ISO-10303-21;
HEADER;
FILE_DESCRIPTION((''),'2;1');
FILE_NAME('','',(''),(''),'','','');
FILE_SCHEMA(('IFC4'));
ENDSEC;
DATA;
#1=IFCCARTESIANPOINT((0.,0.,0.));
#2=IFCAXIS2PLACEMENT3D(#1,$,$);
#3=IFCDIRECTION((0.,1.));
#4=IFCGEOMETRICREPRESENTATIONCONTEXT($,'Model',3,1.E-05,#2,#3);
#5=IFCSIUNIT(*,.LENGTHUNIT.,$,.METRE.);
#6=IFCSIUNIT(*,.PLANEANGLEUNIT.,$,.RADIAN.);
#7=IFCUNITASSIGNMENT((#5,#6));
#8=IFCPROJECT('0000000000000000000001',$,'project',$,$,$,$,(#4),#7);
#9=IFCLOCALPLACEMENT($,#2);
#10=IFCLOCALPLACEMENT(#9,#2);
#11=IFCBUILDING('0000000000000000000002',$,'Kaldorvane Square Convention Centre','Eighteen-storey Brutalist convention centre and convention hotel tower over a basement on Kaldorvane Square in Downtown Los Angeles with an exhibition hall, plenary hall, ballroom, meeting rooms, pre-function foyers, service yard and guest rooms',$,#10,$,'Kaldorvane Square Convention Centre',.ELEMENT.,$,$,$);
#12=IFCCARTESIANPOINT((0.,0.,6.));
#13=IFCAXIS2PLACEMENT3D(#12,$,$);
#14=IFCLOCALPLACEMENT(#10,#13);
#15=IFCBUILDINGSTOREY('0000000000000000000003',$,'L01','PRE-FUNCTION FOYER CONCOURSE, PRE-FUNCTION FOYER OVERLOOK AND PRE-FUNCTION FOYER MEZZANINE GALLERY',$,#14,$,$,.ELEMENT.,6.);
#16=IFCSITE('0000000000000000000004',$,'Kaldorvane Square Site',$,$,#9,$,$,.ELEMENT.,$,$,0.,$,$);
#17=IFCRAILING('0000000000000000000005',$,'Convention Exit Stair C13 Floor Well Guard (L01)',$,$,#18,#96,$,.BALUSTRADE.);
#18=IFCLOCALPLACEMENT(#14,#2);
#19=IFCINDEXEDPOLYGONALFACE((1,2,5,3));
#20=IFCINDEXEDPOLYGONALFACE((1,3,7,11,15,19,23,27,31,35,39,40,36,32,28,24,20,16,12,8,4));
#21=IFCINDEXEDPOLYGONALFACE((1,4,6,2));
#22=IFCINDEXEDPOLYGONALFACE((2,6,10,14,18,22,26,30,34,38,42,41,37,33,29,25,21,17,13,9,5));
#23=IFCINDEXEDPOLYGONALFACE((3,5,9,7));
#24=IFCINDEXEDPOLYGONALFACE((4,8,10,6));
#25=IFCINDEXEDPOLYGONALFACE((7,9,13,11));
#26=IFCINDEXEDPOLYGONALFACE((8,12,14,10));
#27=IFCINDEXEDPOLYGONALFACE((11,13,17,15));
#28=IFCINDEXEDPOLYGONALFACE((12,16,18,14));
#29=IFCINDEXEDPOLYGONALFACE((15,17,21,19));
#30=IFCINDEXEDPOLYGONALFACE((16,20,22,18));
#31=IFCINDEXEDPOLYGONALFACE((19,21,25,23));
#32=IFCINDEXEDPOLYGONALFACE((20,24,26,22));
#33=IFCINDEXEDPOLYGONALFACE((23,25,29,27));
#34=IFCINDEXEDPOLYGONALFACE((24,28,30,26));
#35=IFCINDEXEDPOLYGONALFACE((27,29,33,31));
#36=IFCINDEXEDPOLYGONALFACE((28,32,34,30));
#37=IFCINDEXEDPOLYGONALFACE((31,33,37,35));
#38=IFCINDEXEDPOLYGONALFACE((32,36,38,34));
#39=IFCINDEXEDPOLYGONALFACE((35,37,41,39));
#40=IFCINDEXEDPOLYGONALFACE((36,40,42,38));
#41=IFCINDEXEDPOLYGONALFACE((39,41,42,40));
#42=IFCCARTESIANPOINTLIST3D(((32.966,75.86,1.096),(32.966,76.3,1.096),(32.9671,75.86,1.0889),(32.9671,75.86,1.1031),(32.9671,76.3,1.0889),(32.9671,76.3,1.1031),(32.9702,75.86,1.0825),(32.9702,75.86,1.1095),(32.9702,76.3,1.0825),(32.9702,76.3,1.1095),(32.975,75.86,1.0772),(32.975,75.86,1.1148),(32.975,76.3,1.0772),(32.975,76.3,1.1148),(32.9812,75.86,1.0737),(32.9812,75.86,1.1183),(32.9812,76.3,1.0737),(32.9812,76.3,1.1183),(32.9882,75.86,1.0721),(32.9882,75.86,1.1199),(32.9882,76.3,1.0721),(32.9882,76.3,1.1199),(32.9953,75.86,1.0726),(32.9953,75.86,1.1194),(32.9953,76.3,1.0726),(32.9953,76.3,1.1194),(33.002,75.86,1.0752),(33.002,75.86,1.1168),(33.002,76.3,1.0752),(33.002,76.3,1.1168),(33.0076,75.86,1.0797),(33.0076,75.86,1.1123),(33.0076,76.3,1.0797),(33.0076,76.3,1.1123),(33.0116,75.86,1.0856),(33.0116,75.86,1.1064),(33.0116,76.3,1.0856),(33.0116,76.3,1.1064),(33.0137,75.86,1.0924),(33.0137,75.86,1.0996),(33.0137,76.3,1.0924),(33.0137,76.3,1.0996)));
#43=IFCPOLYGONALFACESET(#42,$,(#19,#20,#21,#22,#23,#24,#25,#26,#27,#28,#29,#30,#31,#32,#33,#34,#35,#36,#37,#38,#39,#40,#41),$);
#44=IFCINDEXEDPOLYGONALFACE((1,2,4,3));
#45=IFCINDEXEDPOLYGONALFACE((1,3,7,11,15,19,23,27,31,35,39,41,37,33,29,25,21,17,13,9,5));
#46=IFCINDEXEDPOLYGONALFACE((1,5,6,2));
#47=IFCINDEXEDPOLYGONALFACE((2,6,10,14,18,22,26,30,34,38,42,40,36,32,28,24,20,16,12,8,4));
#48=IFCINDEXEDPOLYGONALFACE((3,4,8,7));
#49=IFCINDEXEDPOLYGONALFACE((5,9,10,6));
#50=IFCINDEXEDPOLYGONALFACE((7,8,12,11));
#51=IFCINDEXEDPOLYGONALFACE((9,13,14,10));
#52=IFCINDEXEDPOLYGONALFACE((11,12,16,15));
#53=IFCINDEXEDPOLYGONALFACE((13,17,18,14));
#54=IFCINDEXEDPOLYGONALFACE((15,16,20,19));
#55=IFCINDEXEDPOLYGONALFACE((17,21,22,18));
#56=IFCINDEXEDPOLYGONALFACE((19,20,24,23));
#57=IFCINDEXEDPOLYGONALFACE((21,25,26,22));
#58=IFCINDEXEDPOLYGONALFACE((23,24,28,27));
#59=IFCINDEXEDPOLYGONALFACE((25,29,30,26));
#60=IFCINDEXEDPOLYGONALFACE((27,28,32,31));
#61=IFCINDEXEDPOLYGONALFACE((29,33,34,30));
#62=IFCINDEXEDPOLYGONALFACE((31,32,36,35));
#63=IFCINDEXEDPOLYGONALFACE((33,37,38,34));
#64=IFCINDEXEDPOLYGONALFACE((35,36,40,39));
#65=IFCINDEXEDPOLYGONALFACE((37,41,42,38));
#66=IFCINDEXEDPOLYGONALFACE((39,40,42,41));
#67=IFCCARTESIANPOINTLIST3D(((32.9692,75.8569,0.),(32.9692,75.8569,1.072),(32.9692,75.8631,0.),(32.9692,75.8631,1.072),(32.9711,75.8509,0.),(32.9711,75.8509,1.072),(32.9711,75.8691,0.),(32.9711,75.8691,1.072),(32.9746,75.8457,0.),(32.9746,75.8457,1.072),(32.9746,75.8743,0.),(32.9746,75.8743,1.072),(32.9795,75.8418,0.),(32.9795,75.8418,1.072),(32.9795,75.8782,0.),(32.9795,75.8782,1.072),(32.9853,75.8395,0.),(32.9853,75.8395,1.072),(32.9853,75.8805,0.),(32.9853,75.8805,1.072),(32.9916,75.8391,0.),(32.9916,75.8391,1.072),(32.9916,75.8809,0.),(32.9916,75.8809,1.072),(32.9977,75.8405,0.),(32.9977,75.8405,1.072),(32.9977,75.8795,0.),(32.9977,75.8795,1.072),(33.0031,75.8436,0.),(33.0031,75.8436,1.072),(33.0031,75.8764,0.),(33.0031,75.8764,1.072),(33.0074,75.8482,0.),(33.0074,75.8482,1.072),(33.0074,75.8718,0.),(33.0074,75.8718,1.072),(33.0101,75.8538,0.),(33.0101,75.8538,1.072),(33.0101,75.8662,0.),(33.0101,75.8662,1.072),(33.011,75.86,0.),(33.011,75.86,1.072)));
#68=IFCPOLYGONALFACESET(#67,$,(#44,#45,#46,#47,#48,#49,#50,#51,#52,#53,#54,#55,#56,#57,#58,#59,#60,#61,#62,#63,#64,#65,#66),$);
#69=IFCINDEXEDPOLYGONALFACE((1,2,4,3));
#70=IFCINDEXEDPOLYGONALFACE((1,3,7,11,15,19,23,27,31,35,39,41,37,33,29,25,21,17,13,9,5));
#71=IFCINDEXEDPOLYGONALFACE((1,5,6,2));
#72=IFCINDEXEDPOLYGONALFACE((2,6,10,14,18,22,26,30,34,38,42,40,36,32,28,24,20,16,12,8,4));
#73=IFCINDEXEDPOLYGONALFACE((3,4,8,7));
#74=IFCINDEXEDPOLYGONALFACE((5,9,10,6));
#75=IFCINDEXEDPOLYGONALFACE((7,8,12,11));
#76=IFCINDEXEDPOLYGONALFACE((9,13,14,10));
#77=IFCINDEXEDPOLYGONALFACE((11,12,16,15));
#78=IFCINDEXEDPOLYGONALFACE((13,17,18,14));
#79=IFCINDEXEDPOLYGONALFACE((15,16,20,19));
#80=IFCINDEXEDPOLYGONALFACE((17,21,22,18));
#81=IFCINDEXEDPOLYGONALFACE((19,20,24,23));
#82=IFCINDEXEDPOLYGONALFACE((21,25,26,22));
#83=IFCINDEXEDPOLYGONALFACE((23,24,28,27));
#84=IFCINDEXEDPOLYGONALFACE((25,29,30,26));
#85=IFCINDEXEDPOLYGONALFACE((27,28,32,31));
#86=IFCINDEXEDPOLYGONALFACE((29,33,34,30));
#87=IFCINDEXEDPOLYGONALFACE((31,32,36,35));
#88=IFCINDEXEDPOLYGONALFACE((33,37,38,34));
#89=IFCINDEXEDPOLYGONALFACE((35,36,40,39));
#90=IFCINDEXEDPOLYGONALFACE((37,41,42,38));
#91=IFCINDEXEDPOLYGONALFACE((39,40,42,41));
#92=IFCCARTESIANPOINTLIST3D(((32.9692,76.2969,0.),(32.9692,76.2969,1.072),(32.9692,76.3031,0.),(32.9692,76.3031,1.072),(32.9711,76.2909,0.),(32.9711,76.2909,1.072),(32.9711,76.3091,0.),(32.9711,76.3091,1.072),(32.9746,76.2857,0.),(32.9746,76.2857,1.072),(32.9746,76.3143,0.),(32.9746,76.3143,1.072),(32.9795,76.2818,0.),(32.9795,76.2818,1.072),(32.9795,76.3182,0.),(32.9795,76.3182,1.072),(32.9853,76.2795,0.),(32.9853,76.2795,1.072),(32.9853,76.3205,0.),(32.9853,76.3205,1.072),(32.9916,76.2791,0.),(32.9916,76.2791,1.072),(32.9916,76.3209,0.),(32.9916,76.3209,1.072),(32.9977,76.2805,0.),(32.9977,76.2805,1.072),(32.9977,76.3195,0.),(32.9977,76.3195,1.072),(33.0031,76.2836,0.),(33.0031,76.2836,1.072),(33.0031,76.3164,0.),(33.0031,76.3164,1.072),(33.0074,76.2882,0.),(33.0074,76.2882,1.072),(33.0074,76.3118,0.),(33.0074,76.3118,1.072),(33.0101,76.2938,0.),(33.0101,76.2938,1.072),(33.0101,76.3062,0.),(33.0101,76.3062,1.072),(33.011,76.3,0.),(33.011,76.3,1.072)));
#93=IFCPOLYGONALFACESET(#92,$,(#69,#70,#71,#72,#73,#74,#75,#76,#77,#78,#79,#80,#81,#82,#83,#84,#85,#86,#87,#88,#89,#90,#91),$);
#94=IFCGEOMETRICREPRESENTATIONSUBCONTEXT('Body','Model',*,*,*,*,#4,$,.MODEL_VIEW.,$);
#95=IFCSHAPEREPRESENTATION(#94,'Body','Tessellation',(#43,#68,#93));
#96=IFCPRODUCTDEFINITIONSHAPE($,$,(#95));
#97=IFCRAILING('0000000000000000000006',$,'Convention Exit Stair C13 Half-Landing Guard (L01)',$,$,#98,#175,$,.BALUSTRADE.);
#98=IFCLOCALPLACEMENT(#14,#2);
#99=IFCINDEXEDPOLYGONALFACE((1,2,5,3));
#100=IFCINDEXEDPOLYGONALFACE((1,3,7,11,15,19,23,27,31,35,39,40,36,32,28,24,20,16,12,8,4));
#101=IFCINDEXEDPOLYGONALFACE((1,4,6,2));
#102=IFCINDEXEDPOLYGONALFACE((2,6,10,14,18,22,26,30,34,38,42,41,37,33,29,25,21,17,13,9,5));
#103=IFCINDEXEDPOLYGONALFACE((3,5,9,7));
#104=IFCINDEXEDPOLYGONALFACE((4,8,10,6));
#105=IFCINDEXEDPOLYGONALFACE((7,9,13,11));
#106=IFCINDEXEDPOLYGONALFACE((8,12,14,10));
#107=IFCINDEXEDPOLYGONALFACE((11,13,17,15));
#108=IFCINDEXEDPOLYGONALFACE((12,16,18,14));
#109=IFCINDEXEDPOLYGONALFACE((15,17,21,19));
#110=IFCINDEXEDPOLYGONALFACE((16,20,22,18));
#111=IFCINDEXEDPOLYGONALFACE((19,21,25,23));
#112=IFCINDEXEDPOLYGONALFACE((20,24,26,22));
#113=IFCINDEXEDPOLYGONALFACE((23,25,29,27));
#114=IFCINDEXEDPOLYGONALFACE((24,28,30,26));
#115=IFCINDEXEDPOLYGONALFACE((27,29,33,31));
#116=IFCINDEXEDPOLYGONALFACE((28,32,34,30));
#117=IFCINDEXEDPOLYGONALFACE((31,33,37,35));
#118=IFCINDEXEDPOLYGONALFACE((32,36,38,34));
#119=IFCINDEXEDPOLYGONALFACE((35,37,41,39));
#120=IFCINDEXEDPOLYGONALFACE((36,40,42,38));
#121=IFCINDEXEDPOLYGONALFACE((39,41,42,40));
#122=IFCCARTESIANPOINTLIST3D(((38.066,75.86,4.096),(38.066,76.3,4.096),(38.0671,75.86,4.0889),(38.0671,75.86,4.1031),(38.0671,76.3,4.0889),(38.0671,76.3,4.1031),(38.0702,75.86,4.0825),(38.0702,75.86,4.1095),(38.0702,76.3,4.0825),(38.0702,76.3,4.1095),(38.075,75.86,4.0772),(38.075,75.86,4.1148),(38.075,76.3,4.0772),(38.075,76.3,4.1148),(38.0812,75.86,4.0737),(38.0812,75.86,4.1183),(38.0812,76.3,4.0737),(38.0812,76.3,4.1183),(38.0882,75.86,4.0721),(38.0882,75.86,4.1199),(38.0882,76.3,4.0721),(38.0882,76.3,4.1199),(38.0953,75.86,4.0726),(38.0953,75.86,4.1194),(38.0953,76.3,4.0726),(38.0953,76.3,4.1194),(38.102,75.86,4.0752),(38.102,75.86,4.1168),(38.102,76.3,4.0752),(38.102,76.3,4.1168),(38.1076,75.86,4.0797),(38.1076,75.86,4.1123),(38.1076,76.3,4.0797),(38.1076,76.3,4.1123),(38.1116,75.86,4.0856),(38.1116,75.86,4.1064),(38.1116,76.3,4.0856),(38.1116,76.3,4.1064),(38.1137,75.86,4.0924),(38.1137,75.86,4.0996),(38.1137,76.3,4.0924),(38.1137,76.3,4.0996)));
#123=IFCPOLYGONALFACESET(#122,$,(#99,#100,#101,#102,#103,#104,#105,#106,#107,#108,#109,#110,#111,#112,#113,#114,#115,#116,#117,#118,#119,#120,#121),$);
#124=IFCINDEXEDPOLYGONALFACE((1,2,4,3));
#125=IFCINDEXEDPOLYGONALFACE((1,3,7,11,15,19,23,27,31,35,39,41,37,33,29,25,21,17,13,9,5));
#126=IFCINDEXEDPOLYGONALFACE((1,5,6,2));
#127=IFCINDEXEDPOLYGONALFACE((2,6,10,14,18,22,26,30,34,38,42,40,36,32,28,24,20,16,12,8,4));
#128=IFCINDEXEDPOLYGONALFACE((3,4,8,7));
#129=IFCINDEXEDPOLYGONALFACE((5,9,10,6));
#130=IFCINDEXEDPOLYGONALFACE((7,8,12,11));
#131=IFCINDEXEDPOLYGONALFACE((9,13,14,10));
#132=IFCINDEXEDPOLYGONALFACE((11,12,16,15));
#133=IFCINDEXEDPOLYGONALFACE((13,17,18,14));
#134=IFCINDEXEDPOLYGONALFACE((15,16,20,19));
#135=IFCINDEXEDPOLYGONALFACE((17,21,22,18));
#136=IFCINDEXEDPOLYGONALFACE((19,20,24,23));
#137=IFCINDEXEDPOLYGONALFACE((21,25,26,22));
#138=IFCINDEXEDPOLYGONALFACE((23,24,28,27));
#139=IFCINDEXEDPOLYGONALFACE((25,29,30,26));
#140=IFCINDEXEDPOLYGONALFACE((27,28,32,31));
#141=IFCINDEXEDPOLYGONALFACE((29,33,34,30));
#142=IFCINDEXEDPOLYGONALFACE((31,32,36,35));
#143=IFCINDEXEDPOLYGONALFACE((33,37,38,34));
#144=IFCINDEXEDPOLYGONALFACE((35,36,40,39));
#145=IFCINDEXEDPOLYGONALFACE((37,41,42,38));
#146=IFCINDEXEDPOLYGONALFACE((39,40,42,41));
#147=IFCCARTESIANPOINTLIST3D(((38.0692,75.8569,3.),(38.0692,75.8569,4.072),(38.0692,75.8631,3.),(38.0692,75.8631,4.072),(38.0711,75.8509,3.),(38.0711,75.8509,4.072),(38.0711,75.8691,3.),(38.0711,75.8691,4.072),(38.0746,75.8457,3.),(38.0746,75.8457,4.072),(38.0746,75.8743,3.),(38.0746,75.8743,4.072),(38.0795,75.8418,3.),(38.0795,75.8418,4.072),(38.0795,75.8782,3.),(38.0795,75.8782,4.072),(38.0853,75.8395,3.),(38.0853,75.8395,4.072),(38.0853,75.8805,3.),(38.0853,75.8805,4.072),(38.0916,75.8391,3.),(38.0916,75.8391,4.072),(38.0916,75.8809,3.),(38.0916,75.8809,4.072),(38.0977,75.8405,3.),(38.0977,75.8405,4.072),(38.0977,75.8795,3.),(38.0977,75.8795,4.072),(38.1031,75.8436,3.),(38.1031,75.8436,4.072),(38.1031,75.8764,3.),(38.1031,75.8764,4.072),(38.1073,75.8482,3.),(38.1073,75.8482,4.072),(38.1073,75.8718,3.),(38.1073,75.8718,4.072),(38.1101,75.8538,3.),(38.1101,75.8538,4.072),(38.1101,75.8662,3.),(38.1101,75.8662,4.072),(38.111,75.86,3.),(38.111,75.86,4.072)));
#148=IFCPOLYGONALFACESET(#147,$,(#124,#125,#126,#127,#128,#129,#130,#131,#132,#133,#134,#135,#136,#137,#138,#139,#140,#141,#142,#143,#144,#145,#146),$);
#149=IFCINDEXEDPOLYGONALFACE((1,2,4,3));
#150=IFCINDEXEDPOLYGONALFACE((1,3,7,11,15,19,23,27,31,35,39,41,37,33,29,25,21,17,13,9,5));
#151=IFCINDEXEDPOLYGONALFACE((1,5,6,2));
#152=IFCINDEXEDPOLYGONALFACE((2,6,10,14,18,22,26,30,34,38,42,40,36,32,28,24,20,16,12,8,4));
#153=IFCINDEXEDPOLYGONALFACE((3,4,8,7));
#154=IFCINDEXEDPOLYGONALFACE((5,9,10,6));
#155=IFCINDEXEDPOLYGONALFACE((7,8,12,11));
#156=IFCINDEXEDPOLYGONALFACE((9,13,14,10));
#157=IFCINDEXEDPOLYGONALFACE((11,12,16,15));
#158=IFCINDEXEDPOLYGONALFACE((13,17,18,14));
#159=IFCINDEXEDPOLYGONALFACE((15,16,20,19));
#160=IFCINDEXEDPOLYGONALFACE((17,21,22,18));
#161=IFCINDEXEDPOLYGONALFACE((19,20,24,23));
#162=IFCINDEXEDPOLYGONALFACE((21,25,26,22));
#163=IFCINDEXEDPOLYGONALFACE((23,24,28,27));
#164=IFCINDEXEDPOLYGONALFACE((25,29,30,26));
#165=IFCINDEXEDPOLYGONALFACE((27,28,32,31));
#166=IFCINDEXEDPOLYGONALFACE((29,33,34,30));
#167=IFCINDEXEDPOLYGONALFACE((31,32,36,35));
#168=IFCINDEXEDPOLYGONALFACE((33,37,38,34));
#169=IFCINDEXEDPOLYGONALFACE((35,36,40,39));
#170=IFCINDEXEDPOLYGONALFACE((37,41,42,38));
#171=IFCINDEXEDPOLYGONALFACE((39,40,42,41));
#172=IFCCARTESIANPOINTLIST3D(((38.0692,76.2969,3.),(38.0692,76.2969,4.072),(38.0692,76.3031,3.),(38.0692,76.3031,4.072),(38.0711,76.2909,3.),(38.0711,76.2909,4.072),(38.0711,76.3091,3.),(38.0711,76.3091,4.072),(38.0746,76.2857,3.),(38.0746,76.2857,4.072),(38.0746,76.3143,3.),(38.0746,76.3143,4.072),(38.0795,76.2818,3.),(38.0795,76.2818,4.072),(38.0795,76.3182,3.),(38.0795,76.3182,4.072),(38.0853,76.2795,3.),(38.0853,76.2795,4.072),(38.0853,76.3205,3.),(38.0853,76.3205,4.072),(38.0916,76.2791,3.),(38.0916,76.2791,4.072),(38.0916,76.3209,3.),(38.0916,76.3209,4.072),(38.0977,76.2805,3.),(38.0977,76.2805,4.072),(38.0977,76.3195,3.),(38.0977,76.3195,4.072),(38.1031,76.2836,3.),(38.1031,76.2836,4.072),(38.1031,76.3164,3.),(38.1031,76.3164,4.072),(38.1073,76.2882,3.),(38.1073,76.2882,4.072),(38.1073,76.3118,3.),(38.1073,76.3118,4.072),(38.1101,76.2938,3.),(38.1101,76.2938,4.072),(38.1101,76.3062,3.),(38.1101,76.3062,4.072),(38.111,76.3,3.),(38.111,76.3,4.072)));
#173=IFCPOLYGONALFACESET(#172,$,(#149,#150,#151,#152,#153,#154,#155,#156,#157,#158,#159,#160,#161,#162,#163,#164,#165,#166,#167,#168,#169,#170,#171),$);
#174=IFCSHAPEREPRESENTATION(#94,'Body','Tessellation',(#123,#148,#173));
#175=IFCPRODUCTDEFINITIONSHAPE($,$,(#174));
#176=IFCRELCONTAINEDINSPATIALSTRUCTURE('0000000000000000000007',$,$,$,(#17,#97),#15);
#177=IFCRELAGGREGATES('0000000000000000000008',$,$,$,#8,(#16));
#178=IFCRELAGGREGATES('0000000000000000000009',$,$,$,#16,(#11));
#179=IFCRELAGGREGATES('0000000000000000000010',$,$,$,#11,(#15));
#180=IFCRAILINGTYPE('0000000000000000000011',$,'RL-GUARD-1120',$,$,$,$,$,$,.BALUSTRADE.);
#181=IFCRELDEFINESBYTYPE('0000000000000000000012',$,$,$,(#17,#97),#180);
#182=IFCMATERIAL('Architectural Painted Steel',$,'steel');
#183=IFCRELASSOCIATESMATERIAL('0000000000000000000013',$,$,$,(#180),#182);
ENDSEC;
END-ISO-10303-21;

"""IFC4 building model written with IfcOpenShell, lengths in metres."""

from ifc_helpers import new_model, si_unit, direction, frame, origin, origin_2d, place, context, subcontext, project, spatial, circle, extrude, material, type_object, element, save


model = new_model("IFC4")

# Units and contexts
model_context = context("Model", 3, precision=1e-05, world=origin(), true_north=direction((0.0, 1.0)))
body_context = subcontext(model_context, "Body", "Model", "MODEL_VIEW")
ifc_project = project(units=[si_unit("LENGTHUNIT", "METRE"), si_unit("PLANEANGLEUNIT", "RADIAN")], contexts=[model_context])

# Site, building, storey
site_placement = place(None, origin())
site = spatial("IfcSite", under=ifc_project, at=site_placement, Name="Kaldorvane Square Site", CompositionType="ELEMENT", RefElevation=0.0)
building_placement = place(site_placement, origin())
building = spatial("IfcBuilding", under=site, at=building_placement, Name="Kaldorvane Square Convention Centre", Description="Eighteen-storey Brutalist convention centre and convention hotel tower over a basement on Kaldorvane Square in Downtown Los Angeles with an exhibition hall, plenary hall, ballroom, meeting rooms, pre-function foyers, service yard and guest rooms", LongName="Kaldorvane Square Convention Centre", CompositionType="ELEMENT")
storey_placement = place(building_placement, frame((0.0, 0.0, 6.0)))
storey = spatial("IfcBuildingStorey", under=building, at=storey_placement, Name="L01", Description="PRE-FUNCTION FOYER CONCOURSE, PRE-FUNCTION FOYER OVERLOOK AND PRE-FUNCTION FOYER MEZZANINE GALLERY", CompositionType="ELEMENT", Elevation=6.0)

# Railings
ifc_material_1 = material(Name="Architectural Painted Steel", Category="steel")
railing_type_1 = type_object("IfcRailingType", Name="RL-GUARD-1120", PredefinedType="BALUSTRADE", material=ifc_material_1)
for number, where, name in (
    (1, (32.99, 75.86, 0.0), "Convention Exit Stair C13 Floor Well Guard (L01)"),
    (2, (38.09, 75.86, 3.0), "Convention Exit Stair C13 Half-Landing Guard (L01)"),
):
    element("IfcRailing", number, at=place(storey_placement, frame(where)), inside=storey, type_object=railing_type_1, Name=name, PredefinedType="BALUSTRADE", context=body_context, shape_type="SweptSolid", body=[
        extrude(circle(Radius=0.024, at=origin_2d()), frame((0.0, 0.0, 1.096), z_axis=(0.0, 1.0, 0.0), x_axis=(-1.0, 0.0, 0.0)), (0.0, 0.0, 1.0), 0.44),
        extrude(circle(Radius=0.021, at=origin_2d()), origin(), (0.0, 0.0, 1.0), 1.072),
        extrude(circle(Radius=0.021, at=origin_2d()), frame((0.0, 0.44, 0.0)), (0.0, 0.0, 1.0), 1.072),
    ])

save(model, "model.ifc")
